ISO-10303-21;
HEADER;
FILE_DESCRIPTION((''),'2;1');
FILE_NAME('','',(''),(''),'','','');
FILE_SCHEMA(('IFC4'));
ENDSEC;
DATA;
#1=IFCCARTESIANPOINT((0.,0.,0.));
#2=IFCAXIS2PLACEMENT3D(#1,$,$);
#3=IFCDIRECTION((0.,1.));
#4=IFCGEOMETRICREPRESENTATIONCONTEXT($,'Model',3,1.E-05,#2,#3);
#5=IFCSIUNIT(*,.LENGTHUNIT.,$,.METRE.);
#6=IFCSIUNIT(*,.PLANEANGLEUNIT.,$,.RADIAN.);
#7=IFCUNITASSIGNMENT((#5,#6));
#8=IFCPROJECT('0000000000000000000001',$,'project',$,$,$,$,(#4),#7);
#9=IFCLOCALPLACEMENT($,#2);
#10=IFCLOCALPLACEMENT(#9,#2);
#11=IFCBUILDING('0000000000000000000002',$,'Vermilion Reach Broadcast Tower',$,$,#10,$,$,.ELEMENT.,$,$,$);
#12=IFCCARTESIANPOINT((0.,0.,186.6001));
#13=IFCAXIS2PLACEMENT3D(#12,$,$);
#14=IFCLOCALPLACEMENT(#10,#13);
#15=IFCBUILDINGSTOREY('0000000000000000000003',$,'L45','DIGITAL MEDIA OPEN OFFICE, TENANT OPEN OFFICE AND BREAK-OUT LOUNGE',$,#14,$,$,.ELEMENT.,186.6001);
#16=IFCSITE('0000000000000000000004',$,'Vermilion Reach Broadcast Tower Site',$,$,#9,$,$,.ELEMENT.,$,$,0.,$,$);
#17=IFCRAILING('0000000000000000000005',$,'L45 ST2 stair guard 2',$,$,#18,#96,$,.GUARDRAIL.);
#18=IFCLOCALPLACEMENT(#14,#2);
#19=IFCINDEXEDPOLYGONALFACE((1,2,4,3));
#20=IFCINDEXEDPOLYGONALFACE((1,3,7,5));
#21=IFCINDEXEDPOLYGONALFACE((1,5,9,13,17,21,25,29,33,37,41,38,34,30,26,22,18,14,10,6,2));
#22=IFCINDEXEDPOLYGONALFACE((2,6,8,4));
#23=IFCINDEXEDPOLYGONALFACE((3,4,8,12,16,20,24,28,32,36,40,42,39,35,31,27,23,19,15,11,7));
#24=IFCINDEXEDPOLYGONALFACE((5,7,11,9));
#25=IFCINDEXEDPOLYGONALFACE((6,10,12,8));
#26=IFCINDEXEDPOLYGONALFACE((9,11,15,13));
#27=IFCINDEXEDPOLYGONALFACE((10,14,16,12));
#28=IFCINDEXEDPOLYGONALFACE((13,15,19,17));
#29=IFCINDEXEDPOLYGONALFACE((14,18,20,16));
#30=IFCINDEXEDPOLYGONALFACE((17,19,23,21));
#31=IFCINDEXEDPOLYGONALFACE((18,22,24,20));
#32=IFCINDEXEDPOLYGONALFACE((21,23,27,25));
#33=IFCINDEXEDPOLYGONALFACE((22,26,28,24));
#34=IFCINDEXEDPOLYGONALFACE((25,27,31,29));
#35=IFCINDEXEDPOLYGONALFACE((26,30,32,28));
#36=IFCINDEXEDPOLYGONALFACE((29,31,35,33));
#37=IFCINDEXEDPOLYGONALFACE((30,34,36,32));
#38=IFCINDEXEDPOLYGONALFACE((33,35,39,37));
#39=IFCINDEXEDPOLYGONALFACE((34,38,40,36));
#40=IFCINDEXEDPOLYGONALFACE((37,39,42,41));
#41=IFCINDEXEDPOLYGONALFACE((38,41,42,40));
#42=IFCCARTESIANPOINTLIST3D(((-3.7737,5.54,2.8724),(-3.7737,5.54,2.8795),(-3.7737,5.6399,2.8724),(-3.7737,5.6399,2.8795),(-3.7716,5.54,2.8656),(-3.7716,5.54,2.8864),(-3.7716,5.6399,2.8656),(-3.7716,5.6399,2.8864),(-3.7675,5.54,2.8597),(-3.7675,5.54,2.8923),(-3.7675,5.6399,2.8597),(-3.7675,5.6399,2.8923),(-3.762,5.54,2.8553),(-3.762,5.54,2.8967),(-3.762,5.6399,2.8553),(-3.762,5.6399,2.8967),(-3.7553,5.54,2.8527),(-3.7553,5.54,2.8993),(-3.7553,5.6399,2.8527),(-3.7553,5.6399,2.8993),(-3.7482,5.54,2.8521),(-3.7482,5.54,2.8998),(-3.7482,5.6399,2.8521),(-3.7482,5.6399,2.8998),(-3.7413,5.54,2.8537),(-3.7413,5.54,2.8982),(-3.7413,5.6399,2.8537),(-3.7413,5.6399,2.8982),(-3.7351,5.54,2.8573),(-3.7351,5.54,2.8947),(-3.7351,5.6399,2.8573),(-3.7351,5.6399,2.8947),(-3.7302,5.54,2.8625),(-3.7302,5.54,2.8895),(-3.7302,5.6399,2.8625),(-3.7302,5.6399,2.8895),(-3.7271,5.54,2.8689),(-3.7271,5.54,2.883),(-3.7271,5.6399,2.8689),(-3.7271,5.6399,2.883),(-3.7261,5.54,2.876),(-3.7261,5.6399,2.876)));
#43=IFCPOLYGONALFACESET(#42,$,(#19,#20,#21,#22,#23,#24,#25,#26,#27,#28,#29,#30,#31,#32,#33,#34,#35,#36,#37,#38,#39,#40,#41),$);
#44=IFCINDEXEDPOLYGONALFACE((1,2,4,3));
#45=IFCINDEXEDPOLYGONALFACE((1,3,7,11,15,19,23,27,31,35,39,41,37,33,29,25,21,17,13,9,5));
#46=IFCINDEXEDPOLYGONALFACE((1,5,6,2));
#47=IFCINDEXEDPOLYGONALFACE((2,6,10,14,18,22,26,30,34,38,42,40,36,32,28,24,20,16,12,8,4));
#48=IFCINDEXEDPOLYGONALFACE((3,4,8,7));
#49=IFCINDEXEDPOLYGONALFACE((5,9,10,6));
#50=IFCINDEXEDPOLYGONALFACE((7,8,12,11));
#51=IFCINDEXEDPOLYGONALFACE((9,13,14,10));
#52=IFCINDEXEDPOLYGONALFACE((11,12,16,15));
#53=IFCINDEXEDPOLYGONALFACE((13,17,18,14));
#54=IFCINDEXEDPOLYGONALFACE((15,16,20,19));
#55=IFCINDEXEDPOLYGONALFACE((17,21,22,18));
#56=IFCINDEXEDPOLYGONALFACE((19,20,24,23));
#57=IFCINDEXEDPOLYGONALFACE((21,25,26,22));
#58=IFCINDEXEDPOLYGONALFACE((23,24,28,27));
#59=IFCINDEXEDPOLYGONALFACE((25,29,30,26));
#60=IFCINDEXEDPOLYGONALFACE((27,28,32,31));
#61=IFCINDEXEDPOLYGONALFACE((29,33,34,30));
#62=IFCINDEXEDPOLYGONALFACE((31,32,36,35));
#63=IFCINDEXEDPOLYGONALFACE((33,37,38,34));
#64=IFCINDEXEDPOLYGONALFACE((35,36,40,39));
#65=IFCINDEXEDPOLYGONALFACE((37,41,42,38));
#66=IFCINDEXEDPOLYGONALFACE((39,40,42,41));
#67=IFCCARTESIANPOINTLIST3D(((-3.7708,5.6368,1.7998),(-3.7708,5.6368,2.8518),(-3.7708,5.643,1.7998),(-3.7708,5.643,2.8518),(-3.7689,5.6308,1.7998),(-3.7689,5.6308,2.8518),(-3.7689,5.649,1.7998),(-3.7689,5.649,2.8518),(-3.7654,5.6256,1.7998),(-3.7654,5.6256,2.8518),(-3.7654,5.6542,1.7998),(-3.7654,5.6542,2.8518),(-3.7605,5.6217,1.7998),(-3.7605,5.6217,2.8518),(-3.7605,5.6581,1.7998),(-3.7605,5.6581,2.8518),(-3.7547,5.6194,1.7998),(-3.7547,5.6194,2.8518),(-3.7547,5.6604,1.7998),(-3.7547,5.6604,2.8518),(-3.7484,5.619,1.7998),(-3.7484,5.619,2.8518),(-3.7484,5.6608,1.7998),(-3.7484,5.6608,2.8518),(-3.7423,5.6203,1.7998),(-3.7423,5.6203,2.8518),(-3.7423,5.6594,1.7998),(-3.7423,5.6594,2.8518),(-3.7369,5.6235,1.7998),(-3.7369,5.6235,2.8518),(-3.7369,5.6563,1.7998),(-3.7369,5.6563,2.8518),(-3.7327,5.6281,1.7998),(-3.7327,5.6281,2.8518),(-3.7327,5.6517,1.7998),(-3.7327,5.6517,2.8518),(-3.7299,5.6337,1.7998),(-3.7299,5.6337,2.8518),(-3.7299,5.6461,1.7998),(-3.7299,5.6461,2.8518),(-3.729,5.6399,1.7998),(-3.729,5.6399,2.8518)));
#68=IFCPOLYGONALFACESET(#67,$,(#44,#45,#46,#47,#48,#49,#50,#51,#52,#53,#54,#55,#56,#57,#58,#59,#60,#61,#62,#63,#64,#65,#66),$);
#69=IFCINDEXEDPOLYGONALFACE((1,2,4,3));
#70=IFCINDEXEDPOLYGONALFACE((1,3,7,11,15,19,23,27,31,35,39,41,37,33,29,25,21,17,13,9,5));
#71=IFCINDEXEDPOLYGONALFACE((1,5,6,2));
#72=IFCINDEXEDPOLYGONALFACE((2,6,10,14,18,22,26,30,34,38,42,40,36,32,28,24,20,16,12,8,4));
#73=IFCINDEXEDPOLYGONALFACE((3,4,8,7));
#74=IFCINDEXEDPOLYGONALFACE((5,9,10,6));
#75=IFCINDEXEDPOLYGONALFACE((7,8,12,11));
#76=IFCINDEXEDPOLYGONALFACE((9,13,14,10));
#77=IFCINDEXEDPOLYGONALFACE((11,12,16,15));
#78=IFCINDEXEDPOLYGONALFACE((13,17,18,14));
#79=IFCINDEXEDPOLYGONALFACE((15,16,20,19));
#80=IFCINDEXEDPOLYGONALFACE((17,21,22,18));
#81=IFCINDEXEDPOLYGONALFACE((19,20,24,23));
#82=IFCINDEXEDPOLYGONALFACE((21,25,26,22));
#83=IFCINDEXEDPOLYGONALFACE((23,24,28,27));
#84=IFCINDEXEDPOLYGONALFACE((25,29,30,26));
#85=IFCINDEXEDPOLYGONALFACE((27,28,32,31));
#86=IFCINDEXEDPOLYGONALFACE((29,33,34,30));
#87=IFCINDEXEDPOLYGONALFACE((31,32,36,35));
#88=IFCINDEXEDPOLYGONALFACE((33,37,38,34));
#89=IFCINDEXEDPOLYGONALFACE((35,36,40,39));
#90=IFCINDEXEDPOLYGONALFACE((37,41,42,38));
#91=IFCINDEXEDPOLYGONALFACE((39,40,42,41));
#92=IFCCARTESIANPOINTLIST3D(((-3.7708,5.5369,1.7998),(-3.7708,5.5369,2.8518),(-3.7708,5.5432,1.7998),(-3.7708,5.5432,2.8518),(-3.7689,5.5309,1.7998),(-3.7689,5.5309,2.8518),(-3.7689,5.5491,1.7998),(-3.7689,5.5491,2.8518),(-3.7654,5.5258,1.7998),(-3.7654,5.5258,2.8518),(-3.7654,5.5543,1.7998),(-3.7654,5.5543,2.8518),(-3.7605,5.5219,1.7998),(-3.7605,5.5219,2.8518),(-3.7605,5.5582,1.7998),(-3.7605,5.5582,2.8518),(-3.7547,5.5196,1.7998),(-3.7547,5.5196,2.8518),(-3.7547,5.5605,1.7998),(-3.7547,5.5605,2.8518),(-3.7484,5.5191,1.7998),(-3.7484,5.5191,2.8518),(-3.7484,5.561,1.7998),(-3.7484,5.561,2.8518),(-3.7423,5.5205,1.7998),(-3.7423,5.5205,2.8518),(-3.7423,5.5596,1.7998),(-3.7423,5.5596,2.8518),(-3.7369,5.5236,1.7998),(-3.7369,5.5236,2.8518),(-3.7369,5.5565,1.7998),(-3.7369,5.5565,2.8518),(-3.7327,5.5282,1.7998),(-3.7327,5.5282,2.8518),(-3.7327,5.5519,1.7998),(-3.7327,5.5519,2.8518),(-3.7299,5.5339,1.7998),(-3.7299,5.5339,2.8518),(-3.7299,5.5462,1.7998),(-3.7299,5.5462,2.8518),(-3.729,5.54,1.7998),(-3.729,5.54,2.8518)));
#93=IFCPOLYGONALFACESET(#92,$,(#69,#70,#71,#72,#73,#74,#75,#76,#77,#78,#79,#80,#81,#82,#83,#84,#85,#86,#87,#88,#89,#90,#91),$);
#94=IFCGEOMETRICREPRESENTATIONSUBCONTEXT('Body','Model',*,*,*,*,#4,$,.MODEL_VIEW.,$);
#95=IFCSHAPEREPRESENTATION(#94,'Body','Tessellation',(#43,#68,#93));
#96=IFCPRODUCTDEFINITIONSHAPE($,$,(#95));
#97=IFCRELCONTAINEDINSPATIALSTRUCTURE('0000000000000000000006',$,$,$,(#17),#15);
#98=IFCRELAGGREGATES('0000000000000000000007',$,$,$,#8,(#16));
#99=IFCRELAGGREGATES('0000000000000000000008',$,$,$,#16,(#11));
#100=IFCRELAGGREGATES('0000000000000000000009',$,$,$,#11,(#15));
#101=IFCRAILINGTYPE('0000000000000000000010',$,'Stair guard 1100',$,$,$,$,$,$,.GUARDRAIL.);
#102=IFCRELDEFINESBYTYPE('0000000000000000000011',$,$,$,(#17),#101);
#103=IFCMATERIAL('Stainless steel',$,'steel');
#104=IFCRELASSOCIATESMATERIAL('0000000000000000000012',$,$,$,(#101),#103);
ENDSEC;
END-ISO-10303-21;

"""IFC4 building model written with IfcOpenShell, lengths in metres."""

from ifc_helpers import new_model, si_unit, direction, frame, origin, origin_2d, place, context, subcontext, project, spatial, circle, extrude, material, type_object, element, save


model = new_model("IFC4")

# Units and contexts
model_context = context("Model", 3, precision=1e-05, world=origin(), true_north=direction((0.0, 1.0)))
body_context = subcontext(model_context, "Body", "Model", "MODEL_VIEW")
ifc_project = project(units=[si_unit("LENGTHUNIT", "METRE"), si_unit("PLANEANGLEUNIT", "RADIAN")], contexts=[model_context])

# Site, building, storey
site_placement = place(None, origin())
site = spatial("IfcSite", under=ifc_project, at=site_placement, Name="Vermilion Reach Broadcast Tower Site", CompositionType="ELEMENT", RefElevation=0.0)
building_placement = place(site_placement, origin())
building = spatial("IfcBuilding", under=site, at=building_placement, Name="Vermilion Reach Broadcast Tower", CompositionType="ELEMENT")
storey_placement = place(building_placement, frame((0.0, 0.0, 186.6001)))
storey = spatial("IfcBuildingStorey", under=building, at=storey_placement, Name="L45", Description="DIGITAL MEDIA OPEN OFFICE, TENANT OPEN OFFICE AND BREAK-OUT LOUNGE", CompositionType="ELEMENT", Elevation=186.6001)

# Railing
ifc_material_1 = material(Name="Stainless steel", Category="steel")
railing_type_1 = type_object("IfcRailingType", Name="Stair guard 1100", PredefinedType="GUARDRAIL", material=ifc_material_1)
railing_1_placement = place(storey_placement, frame((-3.75, 5.6399, 1.7998)))
element("IfcRailing", 1, at=railing_1_placement, inside=storey, type_object=railing_type_1, Name="L45 ST2 stair guard 2", PredefinedType="GUARDRAIL", context=body_context, shape_type="SweptSolid", body=[
    extrude(circle(Radius=0.0239, at=origin_2d()), frame((0.0, 0.0, 1.0762), z_axis=(0.0, -1.0, 0.0), x_axis=(1.0, 0.0, 0.0)), (0.0, 0.0, 1.0), 0.0999),
    extrude(circle(Radius=0.021, at=origin_2d()), origin(), (0.0, 0.0, 1.0), 1.052),
    extrude(circle(Radius=0.021, at=origin_2d()), frame((0.0, -0.0999, 0.0)), (0.0, 0.0, 1.0), 1.052),
])

save(model, "model.ifc")
